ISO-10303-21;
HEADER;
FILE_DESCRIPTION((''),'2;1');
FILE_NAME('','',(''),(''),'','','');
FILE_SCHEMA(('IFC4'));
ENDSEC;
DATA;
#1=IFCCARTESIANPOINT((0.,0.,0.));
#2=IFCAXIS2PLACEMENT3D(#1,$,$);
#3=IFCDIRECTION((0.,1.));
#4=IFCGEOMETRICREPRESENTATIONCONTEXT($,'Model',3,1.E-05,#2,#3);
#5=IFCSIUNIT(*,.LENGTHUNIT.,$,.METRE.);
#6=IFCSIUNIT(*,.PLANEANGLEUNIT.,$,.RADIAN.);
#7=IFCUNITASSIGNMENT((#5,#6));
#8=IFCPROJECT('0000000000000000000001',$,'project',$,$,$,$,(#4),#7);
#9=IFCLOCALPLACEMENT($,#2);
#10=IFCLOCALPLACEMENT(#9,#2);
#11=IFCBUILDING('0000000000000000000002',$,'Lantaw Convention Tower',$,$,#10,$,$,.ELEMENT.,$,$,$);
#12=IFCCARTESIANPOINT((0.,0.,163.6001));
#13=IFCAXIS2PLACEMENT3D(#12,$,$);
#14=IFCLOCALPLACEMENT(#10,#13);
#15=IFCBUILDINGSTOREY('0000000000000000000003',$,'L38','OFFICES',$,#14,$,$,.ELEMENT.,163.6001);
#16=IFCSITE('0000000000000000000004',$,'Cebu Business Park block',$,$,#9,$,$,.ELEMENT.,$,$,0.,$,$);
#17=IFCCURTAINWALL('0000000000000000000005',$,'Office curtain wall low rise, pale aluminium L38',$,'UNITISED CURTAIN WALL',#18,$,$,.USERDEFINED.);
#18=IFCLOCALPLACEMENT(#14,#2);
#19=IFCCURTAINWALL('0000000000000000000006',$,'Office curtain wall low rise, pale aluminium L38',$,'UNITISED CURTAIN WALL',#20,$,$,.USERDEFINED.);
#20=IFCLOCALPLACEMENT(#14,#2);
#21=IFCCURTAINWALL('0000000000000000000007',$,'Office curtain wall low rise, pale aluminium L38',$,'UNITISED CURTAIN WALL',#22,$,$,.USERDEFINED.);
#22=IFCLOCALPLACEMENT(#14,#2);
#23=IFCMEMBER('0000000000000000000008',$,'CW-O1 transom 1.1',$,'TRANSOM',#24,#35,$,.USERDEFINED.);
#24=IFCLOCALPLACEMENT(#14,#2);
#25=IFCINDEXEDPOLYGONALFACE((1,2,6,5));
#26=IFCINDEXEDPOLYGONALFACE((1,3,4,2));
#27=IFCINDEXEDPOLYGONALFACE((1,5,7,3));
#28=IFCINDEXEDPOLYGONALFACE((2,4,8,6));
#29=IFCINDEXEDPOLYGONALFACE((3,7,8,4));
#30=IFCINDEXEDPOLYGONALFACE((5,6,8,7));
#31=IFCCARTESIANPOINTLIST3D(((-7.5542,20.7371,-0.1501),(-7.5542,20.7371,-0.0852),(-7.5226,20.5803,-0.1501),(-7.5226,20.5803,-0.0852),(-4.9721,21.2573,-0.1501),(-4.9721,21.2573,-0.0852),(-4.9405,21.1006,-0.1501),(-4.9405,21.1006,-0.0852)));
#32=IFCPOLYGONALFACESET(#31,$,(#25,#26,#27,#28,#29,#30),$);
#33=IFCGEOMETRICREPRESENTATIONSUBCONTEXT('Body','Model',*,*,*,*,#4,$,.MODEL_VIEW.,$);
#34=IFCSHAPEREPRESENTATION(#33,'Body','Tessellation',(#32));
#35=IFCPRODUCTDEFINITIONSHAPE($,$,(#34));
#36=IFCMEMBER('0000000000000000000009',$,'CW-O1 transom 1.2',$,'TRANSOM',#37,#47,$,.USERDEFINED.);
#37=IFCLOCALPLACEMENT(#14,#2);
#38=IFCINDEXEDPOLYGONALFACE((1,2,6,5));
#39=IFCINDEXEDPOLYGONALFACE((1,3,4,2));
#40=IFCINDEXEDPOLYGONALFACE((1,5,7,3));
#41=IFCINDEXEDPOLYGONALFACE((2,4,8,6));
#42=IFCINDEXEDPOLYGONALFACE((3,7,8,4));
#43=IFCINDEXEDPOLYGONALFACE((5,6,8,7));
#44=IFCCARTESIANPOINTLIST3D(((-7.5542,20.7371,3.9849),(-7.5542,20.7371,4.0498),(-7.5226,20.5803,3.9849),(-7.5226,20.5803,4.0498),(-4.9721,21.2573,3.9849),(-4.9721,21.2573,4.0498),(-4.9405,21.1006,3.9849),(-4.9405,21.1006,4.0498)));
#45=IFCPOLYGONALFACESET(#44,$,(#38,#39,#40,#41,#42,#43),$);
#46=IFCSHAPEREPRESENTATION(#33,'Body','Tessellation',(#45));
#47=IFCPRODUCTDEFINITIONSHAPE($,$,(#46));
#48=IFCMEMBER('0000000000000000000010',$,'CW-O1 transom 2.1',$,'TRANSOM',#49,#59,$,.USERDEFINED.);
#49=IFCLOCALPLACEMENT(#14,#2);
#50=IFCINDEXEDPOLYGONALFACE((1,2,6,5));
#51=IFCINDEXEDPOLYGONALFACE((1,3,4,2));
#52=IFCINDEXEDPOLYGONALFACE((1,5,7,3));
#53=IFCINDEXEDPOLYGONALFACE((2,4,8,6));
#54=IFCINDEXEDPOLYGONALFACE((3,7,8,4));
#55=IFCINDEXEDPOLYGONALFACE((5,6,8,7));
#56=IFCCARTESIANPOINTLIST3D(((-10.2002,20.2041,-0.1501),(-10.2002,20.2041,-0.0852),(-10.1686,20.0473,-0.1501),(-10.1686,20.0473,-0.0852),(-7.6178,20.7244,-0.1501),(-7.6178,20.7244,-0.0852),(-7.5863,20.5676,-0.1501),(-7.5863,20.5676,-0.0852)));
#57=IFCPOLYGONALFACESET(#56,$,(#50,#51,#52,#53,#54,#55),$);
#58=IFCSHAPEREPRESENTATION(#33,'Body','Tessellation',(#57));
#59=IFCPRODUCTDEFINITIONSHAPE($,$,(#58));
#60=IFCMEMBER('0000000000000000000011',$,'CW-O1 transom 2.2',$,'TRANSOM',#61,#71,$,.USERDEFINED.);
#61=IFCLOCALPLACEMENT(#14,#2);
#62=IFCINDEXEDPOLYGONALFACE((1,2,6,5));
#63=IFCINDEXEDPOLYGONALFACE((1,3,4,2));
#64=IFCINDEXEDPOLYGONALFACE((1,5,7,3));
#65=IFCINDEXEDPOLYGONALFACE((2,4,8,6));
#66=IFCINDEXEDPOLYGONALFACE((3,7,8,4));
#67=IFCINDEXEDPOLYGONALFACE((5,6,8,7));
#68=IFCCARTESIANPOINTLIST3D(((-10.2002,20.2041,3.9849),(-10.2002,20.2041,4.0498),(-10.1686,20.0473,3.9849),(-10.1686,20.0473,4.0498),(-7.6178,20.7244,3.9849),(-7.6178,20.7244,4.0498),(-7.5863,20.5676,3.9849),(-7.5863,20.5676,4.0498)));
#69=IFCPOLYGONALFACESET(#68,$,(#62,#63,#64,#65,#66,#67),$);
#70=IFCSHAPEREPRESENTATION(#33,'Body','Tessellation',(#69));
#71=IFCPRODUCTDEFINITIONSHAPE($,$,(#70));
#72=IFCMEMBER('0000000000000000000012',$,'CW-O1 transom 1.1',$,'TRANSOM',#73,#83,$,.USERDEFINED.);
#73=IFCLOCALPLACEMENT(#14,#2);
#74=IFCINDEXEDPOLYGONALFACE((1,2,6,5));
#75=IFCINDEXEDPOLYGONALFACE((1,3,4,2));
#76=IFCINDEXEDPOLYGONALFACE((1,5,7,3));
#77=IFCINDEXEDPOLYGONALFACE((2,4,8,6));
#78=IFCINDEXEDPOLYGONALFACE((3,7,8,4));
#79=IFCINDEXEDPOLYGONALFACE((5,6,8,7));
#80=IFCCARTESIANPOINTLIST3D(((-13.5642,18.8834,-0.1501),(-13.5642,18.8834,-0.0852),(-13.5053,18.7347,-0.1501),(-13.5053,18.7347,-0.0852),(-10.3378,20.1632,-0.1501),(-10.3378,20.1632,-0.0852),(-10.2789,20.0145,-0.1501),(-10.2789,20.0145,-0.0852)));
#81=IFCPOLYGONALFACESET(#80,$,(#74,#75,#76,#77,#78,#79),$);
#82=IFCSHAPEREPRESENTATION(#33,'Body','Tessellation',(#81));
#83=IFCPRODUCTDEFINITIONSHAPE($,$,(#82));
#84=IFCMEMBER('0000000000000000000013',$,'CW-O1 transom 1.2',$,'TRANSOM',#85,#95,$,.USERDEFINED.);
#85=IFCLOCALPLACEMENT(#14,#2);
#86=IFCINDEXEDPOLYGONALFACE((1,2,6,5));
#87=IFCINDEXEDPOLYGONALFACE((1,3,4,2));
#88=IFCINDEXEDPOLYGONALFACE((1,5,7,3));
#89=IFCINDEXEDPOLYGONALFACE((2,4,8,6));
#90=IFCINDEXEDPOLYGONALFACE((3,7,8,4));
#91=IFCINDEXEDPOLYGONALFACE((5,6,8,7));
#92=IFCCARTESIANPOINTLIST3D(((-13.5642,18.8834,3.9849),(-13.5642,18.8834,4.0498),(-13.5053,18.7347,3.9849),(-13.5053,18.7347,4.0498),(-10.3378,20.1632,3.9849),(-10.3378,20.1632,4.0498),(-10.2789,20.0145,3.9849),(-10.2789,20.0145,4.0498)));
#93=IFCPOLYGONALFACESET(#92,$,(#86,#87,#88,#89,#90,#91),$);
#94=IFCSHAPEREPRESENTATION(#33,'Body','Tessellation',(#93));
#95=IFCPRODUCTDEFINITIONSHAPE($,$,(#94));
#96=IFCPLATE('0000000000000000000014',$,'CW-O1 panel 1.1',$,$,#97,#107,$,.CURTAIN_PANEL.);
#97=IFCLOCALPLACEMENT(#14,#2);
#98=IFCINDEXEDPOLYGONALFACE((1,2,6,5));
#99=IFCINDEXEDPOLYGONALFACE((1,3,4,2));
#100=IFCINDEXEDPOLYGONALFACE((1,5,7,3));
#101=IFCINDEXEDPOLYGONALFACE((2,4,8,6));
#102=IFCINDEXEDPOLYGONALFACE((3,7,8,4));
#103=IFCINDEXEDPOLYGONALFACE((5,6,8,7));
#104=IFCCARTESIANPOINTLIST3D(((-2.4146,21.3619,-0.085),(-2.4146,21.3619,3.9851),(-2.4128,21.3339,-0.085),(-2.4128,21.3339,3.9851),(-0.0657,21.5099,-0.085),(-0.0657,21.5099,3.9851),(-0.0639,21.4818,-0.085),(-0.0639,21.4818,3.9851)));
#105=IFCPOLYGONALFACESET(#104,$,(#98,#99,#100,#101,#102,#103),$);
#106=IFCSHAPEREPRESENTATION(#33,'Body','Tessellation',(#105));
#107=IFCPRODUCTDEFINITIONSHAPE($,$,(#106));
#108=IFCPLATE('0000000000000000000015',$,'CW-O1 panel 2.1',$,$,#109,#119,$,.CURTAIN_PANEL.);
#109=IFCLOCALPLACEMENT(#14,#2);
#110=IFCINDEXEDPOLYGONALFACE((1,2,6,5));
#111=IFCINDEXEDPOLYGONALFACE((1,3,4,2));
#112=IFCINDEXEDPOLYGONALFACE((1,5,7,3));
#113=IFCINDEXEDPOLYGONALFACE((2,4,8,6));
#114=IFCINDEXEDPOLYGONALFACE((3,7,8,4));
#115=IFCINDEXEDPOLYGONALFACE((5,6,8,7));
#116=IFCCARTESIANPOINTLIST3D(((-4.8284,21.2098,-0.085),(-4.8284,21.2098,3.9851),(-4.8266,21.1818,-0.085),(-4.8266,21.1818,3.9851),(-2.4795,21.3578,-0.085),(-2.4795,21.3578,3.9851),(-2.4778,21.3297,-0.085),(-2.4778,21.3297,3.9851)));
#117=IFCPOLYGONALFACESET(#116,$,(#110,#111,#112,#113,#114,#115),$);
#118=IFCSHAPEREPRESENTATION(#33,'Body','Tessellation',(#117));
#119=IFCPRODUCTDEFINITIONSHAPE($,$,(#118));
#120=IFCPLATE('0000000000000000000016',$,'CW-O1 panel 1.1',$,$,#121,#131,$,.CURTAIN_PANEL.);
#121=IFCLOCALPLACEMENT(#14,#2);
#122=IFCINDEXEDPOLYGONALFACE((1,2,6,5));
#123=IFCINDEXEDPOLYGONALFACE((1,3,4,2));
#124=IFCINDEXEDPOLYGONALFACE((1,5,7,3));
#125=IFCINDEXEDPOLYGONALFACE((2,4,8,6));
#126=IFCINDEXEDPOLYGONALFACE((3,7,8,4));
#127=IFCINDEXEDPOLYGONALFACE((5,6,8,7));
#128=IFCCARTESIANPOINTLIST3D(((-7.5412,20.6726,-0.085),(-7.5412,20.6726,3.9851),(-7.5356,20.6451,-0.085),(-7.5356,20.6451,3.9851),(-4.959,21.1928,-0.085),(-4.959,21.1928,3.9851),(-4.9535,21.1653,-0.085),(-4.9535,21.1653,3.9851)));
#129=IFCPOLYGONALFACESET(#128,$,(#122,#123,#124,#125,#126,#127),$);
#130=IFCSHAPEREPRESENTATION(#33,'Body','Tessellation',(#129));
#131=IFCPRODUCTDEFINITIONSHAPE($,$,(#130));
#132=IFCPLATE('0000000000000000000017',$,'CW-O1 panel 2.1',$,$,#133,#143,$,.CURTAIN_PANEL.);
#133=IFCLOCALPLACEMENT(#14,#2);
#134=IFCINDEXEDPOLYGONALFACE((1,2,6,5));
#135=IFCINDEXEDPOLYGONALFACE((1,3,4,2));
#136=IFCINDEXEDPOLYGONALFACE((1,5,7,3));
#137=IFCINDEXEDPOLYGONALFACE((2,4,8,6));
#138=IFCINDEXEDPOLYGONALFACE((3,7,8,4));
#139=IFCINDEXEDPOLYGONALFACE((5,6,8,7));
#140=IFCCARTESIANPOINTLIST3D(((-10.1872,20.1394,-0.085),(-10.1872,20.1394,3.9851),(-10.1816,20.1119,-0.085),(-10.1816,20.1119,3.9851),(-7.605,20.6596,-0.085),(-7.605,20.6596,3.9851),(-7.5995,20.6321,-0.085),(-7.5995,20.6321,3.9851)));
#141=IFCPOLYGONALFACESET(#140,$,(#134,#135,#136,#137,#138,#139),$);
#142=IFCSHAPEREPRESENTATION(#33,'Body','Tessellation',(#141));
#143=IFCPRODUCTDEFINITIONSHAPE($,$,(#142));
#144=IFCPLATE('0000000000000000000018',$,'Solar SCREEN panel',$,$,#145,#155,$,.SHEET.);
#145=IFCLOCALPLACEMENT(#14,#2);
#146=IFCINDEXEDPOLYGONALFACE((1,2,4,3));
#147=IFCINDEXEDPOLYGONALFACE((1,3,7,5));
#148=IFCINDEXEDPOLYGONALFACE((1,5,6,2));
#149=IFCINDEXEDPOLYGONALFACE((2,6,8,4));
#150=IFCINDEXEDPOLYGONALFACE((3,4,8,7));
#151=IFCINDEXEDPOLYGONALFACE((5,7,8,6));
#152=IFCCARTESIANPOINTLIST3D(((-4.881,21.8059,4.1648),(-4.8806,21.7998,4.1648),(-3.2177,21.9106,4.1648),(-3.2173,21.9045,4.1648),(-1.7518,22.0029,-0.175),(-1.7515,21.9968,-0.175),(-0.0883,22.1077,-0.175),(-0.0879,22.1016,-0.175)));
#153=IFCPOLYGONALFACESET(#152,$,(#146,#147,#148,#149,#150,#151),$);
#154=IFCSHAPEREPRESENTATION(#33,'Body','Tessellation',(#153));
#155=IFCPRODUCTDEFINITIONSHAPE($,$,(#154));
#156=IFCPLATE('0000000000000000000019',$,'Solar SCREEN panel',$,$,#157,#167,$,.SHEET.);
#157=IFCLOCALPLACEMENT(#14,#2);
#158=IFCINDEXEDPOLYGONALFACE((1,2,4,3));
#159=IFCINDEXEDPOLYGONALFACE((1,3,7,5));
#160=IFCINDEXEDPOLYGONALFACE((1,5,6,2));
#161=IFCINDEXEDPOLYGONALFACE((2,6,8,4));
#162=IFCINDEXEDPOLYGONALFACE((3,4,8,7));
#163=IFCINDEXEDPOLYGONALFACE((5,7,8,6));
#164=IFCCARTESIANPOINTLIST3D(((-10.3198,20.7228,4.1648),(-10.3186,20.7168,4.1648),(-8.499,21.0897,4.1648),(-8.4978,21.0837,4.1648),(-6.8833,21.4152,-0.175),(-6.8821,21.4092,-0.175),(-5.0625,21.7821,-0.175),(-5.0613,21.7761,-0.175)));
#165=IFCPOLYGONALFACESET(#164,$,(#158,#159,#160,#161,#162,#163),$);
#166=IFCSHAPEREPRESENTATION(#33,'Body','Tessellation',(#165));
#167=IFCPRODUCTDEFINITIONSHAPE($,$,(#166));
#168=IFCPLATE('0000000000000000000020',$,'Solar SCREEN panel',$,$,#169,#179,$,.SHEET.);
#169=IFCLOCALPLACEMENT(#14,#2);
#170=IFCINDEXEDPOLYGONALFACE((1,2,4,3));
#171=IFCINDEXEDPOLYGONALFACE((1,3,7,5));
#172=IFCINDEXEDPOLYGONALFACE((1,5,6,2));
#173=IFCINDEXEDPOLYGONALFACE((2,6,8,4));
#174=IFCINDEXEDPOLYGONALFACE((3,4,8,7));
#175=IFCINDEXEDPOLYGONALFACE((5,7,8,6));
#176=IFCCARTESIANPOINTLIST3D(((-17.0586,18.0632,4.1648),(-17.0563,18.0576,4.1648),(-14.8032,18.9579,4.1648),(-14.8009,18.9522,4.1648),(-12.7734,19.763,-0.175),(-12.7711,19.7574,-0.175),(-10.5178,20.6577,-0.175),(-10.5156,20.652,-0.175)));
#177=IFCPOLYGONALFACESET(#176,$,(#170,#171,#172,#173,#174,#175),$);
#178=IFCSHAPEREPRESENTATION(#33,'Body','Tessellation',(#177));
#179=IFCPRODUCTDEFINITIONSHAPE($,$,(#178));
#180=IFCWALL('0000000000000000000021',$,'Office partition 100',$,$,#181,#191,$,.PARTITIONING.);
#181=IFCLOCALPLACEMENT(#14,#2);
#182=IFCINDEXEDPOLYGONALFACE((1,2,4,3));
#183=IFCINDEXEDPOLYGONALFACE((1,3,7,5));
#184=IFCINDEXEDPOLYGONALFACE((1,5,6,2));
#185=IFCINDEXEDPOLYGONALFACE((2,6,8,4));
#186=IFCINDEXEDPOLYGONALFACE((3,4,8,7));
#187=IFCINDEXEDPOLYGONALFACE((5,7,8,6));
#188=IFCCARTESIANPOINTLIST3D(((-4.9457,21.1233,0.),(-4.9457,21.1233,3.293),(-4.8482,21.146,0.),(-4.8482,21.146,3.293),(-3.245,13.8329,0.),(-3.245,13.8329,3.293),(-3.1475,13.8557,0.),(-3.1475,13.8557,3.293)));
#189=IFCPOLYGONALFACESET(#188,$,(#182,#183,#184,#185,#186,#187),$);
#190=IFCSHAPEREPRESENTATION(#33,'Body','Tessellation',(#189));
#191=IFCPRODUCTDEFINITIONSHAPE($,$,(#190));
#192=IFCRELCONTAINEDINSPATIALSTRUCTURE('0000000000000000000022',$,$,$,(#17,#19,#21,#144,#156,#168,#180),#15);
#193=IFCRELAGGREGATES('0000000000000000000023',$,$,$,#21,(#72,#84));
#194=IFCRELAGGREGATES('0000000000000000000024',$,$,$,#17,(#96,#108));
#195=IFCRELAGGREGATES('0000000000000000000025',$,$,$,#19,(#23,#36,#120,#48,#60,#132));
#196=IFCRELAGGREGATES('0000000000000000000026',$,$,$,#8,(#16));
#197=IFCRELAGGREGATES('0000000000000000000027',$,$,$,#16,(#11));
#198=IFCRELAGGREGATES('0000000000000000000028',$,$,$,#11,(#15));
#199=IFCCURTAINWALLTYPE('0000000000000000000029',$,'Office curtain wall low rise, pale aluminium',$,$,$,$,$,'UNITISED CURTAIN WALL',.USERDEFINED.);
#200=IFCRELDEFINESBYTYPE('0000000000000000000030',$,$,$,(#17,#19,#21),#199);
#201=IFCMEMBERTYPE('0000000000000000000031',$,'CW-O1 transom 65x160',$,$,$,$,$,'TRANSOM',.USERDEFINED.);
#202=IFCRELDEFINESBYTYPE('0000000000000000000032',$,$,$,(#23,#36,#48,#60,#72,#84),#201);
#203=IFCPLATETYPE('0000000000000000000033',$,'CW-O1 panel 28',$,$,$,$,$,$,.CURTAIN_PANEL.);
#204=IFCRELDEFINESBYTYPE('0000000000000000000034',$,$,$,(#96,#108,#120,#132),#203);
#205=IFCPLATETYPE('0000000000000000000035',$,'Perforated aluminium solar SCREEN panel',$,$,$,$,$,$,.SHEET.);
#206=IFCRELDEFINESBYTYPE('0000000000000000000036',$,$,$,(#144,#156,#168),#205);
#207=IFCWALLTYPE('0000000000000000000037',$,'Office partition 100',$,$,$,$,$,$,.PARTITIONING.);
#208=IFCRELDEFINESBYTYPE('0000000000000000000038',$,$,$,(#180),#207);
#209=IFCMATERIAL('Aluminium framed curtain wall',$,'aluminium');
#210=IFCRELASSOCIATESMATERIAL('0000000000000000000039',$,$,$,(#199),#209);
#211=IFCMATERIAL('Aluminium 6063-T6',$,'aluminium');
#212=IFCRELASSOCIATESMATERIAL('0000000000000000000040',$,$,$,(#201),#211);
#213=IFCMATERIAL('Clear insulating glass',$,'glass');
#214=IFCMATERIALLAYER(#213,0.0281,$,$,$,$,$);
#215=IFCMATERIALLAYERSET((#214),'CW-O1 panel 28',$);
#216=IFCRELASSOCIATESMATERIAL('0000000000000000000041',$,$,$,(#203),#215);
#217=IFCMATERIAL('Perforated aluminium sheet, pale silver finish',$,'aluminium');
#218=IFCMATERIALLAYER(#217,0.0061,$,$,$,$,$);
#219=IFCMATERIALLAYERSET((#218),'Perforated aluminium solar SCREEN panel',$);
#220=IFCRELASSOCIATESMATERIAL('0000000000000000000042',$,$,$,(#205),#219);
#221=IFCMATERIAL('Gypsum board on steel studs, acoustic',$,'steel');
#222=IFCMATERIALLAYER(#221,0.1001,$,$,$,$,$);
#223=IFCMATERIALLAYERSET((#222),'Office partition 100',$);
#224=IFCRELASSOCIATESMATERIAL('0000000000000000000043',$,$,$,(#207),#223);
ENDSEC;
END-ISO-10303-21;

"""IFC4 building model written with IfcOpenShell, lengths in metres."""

from ifc_helpers import new_model, si_unit, direction, frame, frame_2d, origin, origin_2d, place, context, subcontext, project, spatial, polyline, rectangle, outline, extrude, material, layer, layer_set, material_profile, profile_set, type_object, element, aggregate, save


model = new_model("IFC4")

# Units and contexts
model_context = context("Model", 3, precision=1e-05, world=origin(), true_north=direction((0.0, 1.0)))
body_context = subcontext(model_context, "Body", "Model", "MODEL_VIEW")
ifc_project = project(units=[si_unit("LENGTHUNIT", "METRE"), si_unit("PLANEANGLEUNIT", "RADIAN")], contexts=[model_context])

# Site, building, storey
site_placement = place(None, origin())
site = spatial("IfcSite", under=ifc_project, at=site_placement, Name="Cebu Business Park block", CompositionType="ELEMENT", RefElevation=0.0)
building_placement = place(site_placement, origin())
building = spatial("IfcBuilding", under=site, at=building_placement, Name="Lantaw Convention Tower", CompositionType="ELEMENT")
storey_placement = place(building_placement, frame((0.0, 0.0, 163.6001)))
storey = spatial("IfcBuildingStorey", under=building, at=storey_placement, Name="L38", Description="OFFICES", CompositionType="ELEMENT", Elevation=163.6001)

# Curtain walls
ifc_material_1 = material(Name="Aluminium framed curtain wall", Category="aluminium")
curtain_wall_type = type_object("IfcCurtainWallType", Name="Office curtain wall low rise, pale aluminium", ElementType="UNITISED CURTAIN WALL", PredefinedType="USERDEFINED", material=ifc_material_1)
curtain_wall_1_placement = place(storey_placement, origin())
curtain_wall_1 = element("IfcCurtainWall", 1, at=curtain_wall_1_placement, inside=storey, type_object=curtain_wall_type, Name="Office curtain wall low rise, pale aluminium L38", ObjectType="UNITISED CURTAIN WALL", PredefinedType="USERDEFINED")
ifc_material_2 = material(Name="Aluminium 6063-T6", Category="aluminium")
curtain_wall_2_placement = place(storey_placement, origin())
curtain_wall_2 = element("IfcCurtainWall", 2, at=curtain_wall_2_placement, inside=storey, type_object=curtain_wall_type, Name="Office curtain wall low rise, pale aluminium L38", ObjectType="UNITISED CURTAIN WALL", PredefinedType="USERDEFINED")

# Curtain wall
curtain_wall_3_placement = place(storey_placement, origin())
curtain_wall_3 = element("IfcCurtainWall", 3, at=curtain_wall_3_placement, inside=storey, type_object=curtain_wall_type, Name="Office curtain wall low rise, pale aluminium L38", ObjectType="UNITISED CURTAIN WALL", PredefinedType="USERDEFINED")

# Members
ifc_material_profile_1 = material_profile(ifc_material_2, rectangle(XDim=0.1599, YDim=0.0649, at=origin_2d()), Name="CW-O1 transom 65x160")
ifc_profile_set_1 = profile_set([ifc_material_profile_1], Name="Aluminium 6063-T6")
member_type_1 = type_object("IfcMemberType", Name="CW-O1 transom 65x160", ElementType="TRANSOM", PredefinedType="USERDEFINED", material=ifc_profile_set_1)
member_1_placement = place(storey_placement, frame((-4.9563, 21.179, -0.1177), z_axis=(-0.980298, -0.197524, 0.0), x_axis=(0.197524, -0.980298, 0.0)))
member_1 = element("IfcMember", 4, at=member_1_placement, type_object=member_type_1, Name="CW-O1 transom 1.1", ObjectType="TRANSOM", PredefinedType="USERDEFINED", context=body_context, shape_type="SweptSolid", body=[
    extrude(rectangle(XDim=0.1599, YDim=0.0649, at=origin_2d()), origin(), (0.0, 0.0, 1.0), 2.634),
])
member_2_placement = place(storey_placement, frame((-4.9563, 21.179, 4.0173), z_axis=(-0.980298, -0.197524, 0.0), x_axis=(0.197524, -0.980298, 0.0)))
member_2 = element("IfcMember", 5, at=member_2_placement, type_object=member_type_1, Name="CW-O1 transom 1.2", ObjectType="TRANSOM", PredefinedType="USERDEFINED", context=body_context, shape_type="SweptSolid", body=[
    extrude(rectangle(XDim=0.1599, YDim=0.0649, at=origin_2d()), origin(), (0.0, 0.0, 1.0), 2.634),
])
member_3_placement = place(storey_placement, frame((-7.6021, 20.646, -0.1177), z_axis=(-0.980302, -0.197506, 0.0), x_axis=(0.197506, -0.980302, 0.0)))
member_3 = element("IfcMember", 6, at=member_3_placement, type_object=member_type_1, Name="CW-O1 transom 2.1", ObjectType="TRANSOM", PredefinedType="USERDEFINED", context=body_context, shape_type="SweptSolid", body=[
    extrude(rectangle(XDim=0.1599, YDim=0.0649, at=origin_2d()), origin(), (0.0, 0.0, 1.0), 2.6343),
])
member_4_placement = place(storey_placement, frame((-7.6021, 20.646, 4.0173), z_axis=(-0.980302, -0.197506, 0.0), x_axis=(0.197506, -0.980302, 0.0)))
member_4 = element("IfcMember", 7, at=member_4_placement, type_object=member_type_1, Name="CW-O1 transom 2.2", ObjectType="TRANSOM", PredefinedType="USERDEFINED", context=body_context, shape_type="SweptSolid", body=[
    extrude(rectangle(XDim=0.1599, YDim=0.0649, at=origin_2d()), origin(), (0.0, 0.0, 1.0), 2.6343),
])
member_5_placement = place(storey_placement, frame((-10.3083, 20.0889, -0.1177), z_axis=(-0.92954, -0.368721, 0.0), x_axis=(0.368721, -0.92954, 0.0)))
member_5 = element("IfcMember", 8, at=member_5_placement, type_object=member_type_1, Name="CW-O1 transom 1.1", ObjectType="TRANSOM", PredefinedType="USERDEFINED", context=body_context, shape_type="SweptSolid", body=[
    extrude(rectangle(XDim=0.1599, YDim=0.0649, at=origin_2d()), origin(), (0.0, 0.0, 1.0), 3.4709),
])
member_6_placement = place(storey_placement, frame((-10.3083, 20.0889, 4.0173), z_axis=(-0.92954, -0.368721, 0.0), x_axis=(0.368721, -0.92954, 0.0)))
member_6 = element("IfcMember", 9, at=member_6_placement, type_object=member_type_1, Name="CW-O1 transom 1.2", ObjectType="TRANSOM", PredefinedType="USERDEFINED", context=body_context, shape_type="SweptSolid", body=[
    extrude(rectangle(XDim=0.1599, YDim=0.0649, at=origin_2d()), origin(), (0.0, 0.0, 1.0), 3.4709),
])
aggregate(curtain_wall_3, [member_5, member_6])

# Plates
ifc_material_3 = material(Name="Clear insulating glass", Category="glass")
ifc_layer_1 = layer(ifc_material_3, 0.0281)
ifc_layer_set_1 = layer_set([ifc_layer_1], Name="CW-O1 panel 28")
plate_type_1 = type_object("IfcPlateType", Name="CW-O1 panel 28", PredefinedType="CURTAIN_PANEL", material=ifc_layer_set_1)
plate_1_placement = place(storey_placement, frame((-1.2393, 21.4219, -0.085), z_axis=(0.0, 0.0, 1.0), x_axis=(-0.998022, -0.062865, 0.0)))
plate_1 = element("IfcPlate", 10, at=plate_1_placement, type_object=plate_type_1, Name="CW-O1 panel 1.1", PredefinedType="CURTAIN_PANEL", context=body_context, shape_type="SweptSolid", body=[
    extrude(rectangle(XDim=2.3535, YDim=0.0281, at=origin_2d()), origin(), (0.0, 0.0, 1.0), 4.0701),
])
plate_2_placement = place(storey_placement, frame((-3.6531, 21.2698, -0.085), z_axis=(0.0, 0.0, 1.0), x_axis=(-0.998022, -0.062865, 0.0)))
plate_2 = element("IfcPlate", 11, at=plate_2_placement, type_object=plate_type_1, Name="CW-O1 panel 2.1", PredefinedType="CURTAIN_PANEL", context=body_context, shape_type="SweptSolid", body=[
    extrude(rectangle(XDim=2.3535, YDim=0.0281, at=origin_2d()), origin(), (0.0, 0.0, 1.0), 4.0701),
])
aggregate(curtain_wall_1, [plate_1, plate_2])
plate_3_placement = place(storey_placement, frame((-6.2473, 20.9189, -0.085), z_axis=(0.0, 0.0, 1.0), x_axis=(-0.980302, -0.197507, 0.0)))
plate_3 = element("IfcPlate", 12, at=plate_3_placement, type_object=plate_type_1, Name="CW-O1 panel 1.1", PredefinedType="CURTAIN_PANEL", context=body_context, shape_type="SweptSolid", body=[
    extrude(rectangle(XDim=2.634, YDim=0.0281, at=origin_2d()), origin(), (0.0, 0.0, 1.0), 4.0701),
])
plate_4_placement = place(storey_placement, frame((-8.8933, 20.3857, -0.085), z_axis=(0.0, 0.0, 1.0), x_axis=(-0.980302, -0.197507, 0.0)))
plate_4 = element("IfcPlate", 13, at=plate_4_placement, type_object=plate_type_1, Name="CW-O1 panel 2.1", PredefinedType="CURTAIN_PANEL", context=body_context, shape_type="SweptSolid", body=[
    extrude(rectangle(XDim=2.634, YDim=0.0281, at=origin_2d()), origin(), (0.0, 0.0, 1.0), 4.0701),
])
aggregate(curtain_wall_2, [member_1, member_2, plate_3, member_3, member_4, plate_4])

# Plates
ifc_material_4 = material(Name="Perforated aluminium sheet, pale silver finish", Category="aluminium")
ifc_layer_2 = layer(ifc_material_4, 0.0061)
ifc_layer_set_2 = layer_set([ifc_layer_2], Name="Perforated aluminium solar SCREEN panel")
plate_type_2 = type_object("IfcPlateType", Name="Perforated aluminium solar SCREEN panel", PredefinedType="SHEET", material=ifc_layer_set_2)
plate_5_placement = place(storey_placement, frame((-0.0879, 22.1016, -0.175), z_axis=(0.062839, -0.998024, 0.000002), x_axis=(-0.998024, -0.062839, 0.0)))
element("IfcPlate", 14, at=plate_5_placement, inside=storey, type_object=plate_type_2, Name="Solar SCREEN panel", PredefinedType="SHEET", context=body_context, shape_type="SweptSolid", body=[
    extrude(outline(polyline([(0.0, 0.0), (1.6669, 0.0), (4.8022, -4.3398), (3.1356, -4.3398), (0.0, 0.0)])), origin(), (0.0, 0.0, -1.0), 0.0061),
])
plate_6_placement = place(storey_placement, frame((-5.0613, 21.7761, -0.175), z_axis=(0.197557, -0.980291, 0.000039), x_axis=(-0.980291, -0.197557, 0.0)))
element("IfcPlate", 15, at=plate_6_placement, inside=storey, type_object=plate_type_2, Name="Solar SCREEN panel", PredefinedType="SHEET", context=body_context, shape_type="SweptSolid", body=[
    extrude(outline(polyline([(0.0, 0.0), (1.8574, 0.0), (5.363, -4.3398), (3.5056, -4.3398), (0.0, 0.0)])), origin(), (0.0, 0.0, -1.0), 0.0061),
])
plate_7_placement = place(storey_placement, frame((-10.5178, 20.6577, -0.175), z_axis=(-0.368709, 0.929545, 0.000011), x_axis=(-0.929545, -0.368709, 0.0)))
element("IfcPlate", 16, at=plate_7_placement, inside=storey, type_object=plate_type_2, Name="Solar SCREEN panel", PredefinedType="SHEET", context=body_context, shape_type="SweptSolid", body=[
    extrude(outline(polyline([(0.0, 0.0), (2.4265, 0.0), (7.0365, 4.3398), (4.6102, 4.3398), (0.0, 0.0)])), origin(), (0.0, 0.0, -1.0), 0.0061),
])

# Wall
ifc_material_5 = material(Name="Gypsum board on steel studs, acoustic", Category="steel")
ifc_layer_3 = layer(ifc_material_5, 0.1001)
ifc_layer_set_3 = layer_set([ifc_layer_3], Name="Office partition 100")
wall_type = type_object("IfcWallType", Name="Office partition 100", PredefinedType="PARTITIONING", material=ifc_layer_set_3)
wall_1_placement = place(storey_placement, frame((-4.897, 21.1348, 0.0), z_axis=(0.0, 0.0, 1.0), x_axis=(0.227181, -0.973853, 0.0)))
element("IfcWall", 17, at=wall_1_placement, inside=storey, type_object=wall_type, Name="Office partition 100", PredefinedType="PARTITIONING", context=body_context, shape_type="SweptSolid", body=[
    extrude(rectangle(XDim=7.4861, YDim=0.1001, at=frame_2d((3.7432, 0.0))), origin(), (0.0, 0.0, 1.0), 3.293),
])

save(model, "model.ifc")
